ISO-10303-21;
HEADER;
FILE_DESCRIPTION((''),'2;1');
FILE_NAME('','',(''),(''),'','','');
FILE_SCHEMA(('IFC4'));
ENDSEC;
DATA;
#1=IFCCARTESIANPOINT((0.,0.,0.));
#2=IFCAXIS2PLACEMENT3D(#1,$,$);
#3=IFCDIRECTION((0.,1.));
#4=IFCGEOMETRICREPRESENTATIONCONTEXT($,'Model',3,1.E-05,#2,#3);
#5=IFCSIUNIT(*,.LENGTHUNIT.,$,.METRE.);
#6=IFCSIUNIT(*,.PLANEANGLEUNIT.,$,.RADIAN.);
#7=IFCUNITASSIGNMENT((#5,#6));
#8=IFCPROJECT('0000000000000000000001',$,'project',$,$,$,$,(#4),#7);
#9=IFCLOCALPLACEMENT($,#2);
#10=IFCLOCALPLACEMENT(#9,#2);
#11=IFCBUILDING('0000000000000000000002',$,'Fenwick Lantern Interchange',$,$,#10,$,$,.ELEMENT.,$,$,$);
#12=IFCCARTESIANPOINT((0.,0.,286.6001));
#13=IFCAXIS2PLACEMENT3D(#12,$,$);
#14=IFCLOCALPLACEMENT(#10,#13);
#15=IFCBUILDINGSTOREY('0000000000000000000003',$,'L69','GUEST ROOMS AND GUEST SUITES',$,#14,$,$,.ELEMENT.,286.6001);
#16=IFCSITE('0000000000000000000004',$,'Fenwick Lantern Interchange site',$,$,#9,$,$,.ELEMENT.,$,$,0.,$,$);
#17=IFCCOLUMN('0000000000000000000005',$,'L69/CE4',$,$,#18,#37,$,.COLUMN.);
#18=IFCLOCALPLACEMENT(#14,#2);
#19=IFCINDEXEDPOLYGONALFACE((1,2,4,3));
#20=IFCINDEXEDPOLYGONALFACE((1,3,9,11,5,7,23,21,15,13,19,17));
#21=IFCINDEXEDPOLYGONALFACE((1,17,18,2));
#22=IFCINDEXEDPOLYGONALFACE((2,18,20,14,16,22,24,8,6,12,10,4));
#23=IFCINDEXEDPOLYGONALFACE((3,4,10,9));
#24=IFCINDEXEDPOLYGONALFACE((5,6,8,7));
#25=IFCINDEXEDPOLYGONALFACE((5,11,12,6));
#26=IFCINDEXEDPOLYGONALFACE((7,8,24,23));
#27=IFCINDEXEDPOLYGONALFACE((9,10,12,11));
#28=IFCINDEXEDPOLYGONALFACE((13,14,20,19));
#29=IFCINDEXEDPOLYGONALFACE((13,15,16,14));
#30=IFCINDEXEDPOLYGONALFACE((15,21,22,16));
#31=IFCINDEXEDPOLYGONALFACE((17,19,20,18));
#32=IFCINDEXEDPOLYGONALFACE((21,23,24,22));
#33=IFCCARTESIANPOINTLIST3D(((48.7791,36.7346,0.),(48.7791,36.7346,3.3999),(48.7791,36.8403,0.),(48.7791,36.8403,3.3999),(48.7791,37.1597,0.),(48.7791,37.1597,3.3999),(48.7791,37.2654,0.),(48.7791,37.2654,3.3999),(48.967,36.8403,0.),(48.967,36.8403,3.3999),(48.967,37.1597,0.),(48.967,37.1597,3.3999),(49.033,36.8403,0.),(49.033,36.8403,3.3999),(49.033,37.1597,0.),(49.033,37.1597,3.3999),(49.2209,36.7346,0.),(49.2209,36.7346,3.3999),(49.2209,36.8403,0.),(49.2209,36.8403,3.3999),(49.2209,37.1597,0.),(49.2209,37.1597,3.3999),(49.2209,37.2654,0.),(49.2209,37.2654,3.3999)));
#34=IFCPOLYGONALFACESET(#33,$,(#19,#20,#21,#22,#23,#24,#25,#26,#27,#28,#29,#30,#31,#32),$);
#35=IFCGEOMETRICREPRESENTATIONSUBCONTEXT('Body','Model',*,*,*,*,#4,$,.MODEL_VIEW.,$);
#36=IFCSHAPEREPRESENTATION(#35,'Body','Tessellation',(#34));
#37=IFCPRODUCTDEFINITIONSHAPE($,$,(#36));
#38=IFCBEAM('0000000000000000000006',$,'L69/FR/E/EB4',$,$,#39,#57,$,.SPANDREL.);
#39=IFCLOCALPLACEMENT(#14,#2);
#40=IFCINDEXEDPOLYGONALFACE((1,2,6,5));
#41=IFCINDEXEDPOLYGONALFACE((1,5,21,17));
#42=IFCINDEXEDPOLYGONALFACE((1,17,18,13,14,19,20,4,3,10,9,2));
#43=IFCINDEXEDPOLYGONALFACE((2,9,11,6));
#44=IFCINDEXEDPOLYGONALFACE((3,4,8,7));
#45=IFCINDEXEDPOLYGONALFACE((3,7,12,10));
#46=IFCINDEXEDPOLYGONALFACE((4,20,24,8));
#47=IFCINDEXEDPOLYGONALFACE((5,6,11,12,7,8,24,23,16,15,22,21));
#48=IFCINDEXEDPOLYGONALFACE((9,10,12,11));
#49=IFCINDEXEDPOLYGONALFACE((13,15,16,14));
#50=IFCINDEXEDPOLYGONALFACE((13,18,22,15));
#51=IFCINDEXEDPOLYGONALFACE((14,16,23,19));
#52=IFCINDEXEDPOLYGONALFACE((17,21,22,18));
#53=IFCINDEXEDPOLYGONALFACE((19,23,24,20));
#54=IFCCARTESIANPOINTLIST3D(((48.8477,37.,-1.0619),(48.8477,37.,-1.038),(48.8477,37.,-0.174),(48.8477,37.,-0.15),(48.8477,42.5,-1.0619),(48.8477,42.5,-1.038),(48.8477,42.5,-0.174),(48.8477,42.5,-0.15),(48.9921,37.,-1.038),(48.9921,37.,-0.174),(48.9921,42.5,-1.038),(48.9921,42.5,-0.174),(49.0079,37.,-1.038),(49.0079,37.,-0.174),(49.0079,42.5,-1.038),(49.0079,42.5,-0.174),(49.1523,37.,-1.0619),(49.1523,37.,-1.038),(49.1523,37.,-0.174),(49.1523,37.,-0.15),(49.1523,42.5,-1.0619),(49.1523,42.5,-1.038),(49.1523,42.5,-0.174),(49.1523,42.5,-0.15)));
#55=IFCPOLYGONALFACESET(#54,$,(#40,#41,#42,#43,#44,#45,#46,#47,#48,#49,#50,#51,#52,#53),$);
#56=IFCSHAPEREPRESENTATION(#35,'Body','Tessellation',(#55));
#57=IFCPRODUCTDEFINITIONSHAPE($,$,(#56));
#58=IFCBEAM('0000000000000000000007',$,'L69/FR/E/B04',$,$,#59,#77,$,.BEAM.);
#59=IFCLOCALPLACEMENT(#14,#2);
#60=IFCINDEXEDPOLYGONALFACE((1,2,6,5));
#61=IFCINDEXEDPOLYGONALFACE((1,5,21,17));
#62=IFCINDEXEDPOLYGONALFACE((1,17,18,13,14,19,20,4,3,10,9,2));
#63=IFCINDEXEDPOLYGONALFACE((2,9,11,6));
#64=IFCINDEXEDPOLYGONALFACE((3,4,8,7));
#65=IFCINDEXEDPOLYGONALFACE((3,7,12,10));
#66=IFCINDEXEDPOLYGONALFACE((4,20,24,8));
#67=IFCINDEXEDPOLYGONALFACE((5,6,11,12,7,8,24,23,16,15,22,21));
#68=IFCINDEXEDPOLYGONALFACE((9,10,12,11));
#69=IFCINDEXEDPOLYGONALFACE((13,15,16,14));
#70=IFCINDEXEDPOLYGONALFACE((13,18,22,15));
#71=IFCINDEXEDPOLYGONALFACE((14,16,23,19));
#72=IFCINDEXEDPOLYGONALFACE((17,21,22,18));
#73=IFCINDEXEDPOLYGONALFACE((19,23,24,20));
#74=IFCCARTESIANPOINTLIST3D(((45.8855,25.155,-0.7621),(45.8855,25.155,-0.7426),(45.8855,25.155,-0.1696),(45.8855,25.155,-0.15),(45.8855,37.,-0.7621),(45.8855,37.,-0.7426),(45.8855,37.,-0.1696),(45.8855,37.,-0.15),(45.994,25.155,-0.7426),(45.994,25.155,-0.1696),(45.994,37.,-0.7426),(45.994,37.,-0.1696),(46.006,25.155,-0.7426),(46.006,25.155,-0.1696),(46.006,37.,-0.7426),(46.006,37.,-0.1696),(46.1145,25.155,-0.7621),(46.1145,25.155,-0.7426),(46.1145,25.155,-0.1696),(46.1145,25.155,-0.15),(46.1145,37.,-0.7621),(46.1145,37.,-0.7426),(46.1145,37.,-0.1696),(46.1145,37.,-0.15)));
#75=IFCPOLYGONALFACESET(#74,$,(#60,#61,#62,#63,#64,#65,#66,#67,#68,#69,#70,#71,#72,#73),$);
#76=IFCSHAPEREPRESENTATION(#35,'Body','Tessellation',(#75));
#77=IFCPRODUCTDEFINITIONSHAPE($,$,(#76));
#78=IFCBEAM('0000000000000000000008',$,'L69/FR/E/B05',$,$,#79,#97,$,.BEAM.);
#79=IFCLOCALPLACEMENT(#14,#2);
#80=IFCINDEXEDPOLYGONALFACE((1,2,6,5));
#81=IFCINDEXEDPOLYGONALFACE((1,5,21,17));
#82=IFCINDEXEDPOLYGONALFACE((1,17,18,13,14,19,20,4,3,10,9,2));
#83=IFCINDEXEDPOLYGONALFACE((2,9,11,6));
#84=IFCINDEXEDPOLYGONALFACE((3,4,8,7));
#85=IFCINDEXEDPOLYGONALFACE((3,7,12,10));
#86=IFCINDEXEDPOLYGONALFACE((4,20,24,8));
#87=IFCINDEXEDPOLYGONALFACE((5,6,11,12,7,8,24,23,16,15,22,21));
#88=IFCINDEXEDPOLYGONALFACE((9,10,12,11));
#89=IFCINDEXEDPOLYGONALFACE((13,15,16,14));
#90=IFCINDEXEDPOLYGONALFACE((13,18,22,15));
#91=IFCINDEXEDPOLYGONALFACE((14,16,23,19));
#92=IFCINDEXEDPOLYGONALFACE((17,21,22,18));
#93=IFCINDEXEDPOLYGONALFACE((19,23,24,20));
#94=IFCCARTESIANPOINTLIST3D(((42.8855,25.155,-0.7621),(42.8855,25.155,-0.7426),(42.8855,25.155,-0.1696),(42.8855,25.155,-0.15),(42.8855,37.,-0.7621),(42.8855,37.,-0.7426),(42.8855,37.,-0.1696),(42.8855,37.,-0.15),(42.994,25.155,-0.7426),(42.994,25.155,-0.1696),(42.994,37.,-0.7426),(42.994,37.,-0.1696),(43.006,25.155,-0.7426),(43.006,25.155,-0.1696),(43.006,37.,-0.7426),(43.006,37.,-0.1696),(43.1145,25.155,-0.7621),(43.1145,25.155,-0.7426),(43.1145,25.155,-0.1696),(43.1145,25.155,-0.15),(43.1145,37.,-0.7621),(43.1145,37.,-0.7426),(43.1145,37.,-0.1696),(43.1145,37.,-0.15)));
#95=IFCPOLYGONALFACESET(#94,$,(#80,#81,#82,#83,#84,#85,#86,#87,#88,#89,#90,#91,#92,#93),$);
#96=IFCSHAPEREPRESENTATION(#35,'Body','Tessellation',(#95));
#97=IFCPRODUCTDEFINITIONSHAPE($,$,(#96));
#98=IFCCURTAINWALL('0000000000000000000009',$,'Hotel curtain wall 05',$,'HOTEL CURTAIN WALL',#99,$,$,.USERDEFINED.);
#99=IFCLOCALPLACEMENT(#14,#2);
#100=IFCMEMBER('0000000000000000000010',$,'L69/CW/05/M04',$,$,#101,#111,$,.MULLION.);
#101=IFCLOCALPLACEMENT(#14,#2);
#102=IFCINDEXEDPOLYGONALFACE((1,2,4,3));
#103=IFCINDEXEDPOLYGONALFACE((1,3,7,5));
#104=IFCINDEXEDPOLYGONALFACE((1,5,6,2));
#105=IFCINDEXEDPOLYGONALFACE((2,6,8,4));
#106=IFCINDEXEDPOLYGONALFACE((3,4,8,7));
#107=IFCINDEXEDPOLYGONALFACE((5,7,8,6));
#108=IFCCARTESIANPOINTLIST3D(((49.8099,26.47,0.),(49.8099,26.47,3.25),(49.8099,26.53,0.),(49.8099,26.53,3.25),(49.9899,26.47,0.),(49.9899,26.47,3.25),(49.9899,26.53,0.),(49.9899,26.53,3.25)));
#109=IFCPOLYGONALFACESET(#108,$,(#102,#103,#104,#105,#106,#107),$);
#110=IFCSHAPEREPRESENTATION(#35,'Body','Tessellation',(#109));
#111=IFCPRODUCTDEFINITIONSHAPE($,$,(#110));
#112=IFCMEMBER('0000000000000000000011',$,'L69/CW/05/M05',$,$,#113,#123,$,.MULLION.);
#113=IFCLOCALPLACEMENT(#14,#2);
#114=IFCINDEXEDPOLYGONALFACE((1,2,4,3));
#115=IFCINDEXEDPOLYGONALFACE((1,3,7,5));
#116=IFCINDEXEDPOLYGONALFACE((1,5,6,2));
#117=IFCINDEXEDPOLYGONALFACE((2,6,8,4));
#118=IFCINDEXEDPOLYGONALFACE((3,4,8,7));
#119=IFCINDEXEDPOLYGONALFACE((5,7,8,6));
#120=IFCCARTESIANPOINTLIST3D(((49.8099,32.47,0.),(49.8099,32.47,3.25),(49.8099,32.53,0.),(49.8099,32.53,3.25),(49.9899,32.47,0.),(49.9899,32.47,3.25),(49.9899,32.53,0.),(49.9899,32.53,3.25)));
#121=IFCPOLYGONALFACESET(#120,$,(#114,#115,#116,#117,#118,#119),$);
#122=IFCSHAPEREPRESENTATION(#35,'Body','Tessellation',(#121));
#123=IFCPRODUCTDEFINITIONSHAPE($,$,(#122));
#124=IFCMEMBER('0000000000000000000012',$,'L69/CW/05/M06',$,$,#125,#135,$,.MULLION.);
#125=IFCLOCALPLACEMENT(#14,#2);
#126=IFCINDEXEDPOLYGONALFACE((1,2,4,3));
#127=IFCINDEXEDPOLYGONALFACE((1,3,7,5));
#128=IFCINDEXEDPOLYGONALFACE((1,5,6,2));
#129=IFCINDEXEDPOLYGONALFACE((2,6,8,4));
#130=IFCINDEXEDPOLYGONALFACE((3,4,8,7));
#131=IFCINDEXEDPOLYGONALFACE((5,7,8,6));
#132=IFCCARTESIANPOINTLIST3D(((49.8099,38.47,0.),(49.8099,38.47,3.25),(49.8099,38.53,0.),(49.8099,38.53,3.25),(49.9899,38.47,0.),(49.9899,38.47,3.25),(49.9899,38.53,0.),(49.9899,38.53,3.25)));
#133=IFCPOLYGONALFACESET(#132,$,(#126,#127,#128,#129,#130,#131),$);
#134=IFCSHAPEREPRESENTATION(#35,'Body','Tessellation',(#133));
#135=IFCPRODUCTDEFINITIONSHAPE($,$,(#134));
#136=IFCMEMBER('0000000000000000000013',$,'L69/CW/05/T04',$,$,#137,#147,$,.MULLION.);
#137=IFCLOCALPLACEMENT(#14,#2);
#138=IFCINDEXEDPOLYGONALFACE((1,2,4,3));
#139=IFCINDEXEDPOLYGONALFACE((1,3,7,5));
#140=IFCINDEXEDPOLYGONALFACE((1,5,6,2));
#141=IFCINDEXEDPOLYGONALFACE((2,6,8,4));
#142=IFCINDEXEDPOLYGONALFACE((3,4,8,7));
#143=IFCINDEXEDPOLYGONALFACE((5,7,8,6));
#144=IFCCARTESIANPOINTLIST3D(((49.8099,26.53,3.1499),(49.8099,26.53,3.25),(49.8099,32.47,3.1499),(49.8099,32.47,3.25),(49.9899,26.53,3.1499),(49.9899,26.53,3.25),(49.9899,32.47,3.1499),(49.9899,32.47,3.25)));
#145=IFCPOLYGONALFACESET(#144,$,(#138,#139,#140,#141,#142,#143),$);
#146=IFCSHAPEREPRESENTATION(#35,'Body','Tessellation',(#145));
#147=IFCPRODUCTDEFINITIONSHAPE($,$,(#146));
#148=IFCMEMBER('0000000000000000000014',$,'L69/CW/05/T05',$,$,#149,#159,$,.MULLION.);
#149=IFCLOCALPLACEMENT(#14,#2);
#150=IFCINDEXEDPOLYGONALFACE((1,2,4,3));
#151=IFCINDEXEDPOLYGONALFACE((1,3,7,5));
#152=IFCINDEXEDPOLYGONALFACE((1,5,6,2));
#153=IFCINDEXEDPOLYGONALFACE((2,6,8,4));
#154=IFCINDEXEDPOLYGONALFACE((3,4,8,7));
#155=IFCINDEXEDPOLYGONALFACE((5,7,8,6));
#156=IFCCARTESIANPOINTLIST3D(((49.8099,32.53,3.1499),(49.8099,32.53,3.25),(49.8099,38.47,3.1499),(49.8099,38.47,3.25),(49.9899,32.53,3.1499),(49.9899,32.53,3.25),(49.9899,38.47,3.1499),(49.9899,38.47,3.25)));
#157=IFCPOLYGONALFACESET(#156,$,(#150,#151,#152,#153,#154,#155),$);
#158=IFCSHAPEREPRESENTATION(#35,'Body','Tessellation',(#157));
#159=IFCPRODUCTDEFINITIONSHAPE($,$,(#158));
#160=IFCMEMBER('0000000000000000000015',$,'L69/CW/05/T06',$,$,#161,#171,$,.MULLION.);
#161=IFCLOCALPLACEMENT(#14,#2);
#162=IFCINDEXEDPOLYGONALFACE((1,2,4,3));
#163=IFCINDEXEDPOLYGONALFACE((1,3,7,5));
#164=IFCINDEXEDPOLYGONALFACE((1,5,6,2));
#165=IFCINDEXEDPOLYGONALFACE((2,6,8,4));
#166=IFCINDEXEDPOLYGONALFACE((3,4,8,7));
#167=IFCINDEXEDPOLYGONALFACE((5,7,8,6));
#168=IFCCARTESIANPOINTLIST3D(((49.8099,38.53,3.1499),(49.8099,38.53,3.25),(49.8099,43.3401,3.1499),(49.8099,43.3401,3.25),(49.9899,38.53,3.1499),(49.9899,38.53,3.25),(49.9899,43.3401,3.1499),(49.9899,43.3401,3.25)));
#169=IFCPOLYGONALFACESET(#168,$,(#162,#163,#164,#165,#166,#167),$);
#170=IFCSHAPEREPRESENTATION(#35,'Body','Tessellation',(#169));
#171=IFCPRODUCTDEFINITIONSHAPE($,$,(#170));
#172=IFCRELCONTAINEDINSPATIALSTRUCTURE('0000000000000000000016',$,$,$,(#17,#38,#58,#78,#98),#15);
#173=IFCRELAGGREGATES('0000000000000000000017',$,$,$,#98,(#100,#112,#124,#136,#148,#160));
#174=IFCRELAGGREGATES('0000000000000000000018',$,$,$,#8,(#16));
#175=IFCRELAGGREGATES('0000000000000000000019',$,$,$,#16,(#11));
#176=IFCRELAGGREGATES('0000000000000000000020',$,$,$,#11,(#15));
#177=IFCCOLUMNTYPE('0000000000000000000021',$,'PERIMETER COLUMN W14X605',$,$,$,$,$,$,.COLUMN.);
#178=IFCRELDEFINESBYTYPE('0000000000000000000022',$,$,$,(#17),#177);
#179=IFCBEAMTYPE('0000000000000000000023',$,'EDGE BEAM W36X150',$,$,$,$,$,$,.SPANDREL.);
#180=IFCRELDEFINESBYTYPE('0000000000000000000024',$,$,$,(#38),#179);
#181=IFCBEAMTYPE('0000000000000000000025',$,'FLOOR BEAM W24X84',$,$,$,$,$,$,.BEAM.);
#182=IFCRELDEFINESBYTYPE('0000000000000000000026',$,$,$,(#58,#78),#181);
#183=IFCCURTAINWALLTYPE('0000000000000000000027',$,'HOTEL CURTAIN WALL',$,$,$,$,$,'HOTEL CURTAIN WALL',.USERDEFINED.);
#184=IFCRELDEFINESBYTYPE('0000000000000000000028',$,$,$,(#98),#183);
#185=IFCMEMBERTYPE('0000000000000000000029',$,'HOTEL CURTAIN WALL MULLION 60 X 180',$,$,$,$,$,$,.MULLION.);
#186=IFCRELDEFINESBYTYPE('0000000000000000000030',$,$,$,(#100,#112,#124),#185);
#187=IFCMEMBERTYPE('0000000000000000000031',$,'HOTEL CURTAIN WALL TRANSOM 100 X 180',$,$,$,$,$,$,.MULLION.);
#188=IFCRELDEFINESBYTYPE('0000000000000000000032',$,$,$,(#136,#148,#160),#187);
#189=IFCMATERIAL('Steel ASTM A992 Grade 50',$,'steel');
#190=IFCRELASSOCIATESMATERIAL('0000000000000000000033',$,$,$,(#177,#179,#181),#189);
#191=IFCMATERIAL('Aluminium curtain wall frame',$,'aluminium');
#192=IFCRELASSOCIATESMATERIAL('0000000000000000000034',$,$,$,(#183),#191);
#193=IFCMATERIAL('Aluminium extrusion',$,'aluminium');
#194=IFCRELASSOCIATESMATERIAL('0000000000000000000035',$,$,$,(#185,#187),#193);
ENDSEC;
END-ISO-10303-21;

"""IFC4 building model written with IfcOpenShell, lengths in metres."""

from ifc_helpers import new_model, si_unit, direction, frame, origin, origin_2d, place, context, subcontext, project, spatial, rectangle, i_section, extrude, material, material_profile, profile_set, type_object, element, aggregate, save


model = new_model("IFC4")

# Units and contexts
model_context = context("Model", 3, precision=1e-05, world=origin(), true_north=direction((0.0, 1.0)))
body_context = subcontext(model_context, "Body", "Model", "MODEL_VIEW")
ifc_project = project(units=[si_unit("LENGTHUNIT", "METRE"), si_unit("PLANEANGLEUNIT", "RADIAN")], contexts=[model_context])

# Site, building, storey
site_placement = place(None, origin())
site = spatial("IfcSite", under=ifc_project, at=site_placement, Name="Fenwick Lantern Interchange site", CompositionType="ELEMENT", RefElevation=0.0)
building_placement = place(site_placement, origin())
building = spatial("IfcBuilding", under=site, at=building_placement, Name="Fenwick Lantern Interchange", CompositionType="ELEMENT")
storey_placement = place(building_placement, frame((0.0, 0.0, 286.6001)))
storey = spatial("IfcBuildingStorey", under=building, at=storey_placement, Name="L69", Description="GUEST ROOMS AND GUEST SUITES", CompositionType="ELEMENT", Elevation=286.6001)

# Column
ifc_material_1 = material(Name="Steel ASTM A992 Grade 50", Category="steel")
ifc_material_profile_1 = material_profile(ifc_material_1, i_section(OverallWidth=0.4419, OverallDepth=0.5308, WebThickness=0.0659, FlangeThickness=0.1057, at=origin_2d()), Name="W14X605")
ifc_profile_set_1 = profile_set([ifc_material_profile_1], Name="Steel ASTM A992 Grade 50")
column_type = type_object("IfcColumnType", Name="PERIMETER COLUMN W14X605", PredefinedType="COLUMN", material=ifc_profile_set_1)
column_placement = place(storey_placement, frame((49.0, 37.0, 0.0), z_axis=(0.0, 0.0, 1.0), x_axis=(1.0, 0.0, 0.0)))
element("IfcColumn", 1, at=column_placement, inside=storey, type_object=column_type, Name="L69/CE4", PredefinedType="COLUMN", context=body_context, shape_type="SweptSolid", body=[
    extrude(i_section(OverallWidth=0.4419, OverallDepth=0.5308, WebThickness=0.0659, FlangeThickness=0.1057, at=origin_2d()), origin(), (0.0, 0.0, 1.0), 3.3999),
])

# Beams
ifc_material_profile_2 = material_profile(ifc_material_1, i_section(OverallWidth=0.3047, OverallDepth=0.9119, WebThickness=0.0159, FlangeThickness=0.0239, at=origin_2d()), Name="W36X150")
ifc_profile_set_2 = profile_set([ifc_material_profile_2], Name="Steel ASTM A992 Grade 50")
beam_type_1 = type_object("IfcBeamType", Name="EDGE BEAM W36X150", PredefinedType="SPANDREL", material=ifc_profile_set_2)
beam_1_placement = place(storey_placement, frame((49.0, 37.0, -0.606), z_axis=(0.0, 1.0, 0.0), x_axis=(-1.0, 0.0, 0.0)))
element("IfcBeam", 2, at=beam_1_placement, inside=storey, type_object=beam_type_1, Name="L69/FR/E/EB4", PredefinedType="SPANDREL", context=body_context, shape_type="SweptSolid", body=[
    extrude(i_section(OverallWidth=0.3047, OverallDepth=0.9119, WebThickness=0.0159, FlangeThickness=0.0239, at=origin_2d()), origin(), (0.0, 0.0, 1.0), 5.5),
])
ifc_material_profile_3 = material_profile(ifc_material_1, i_section(OverallWidth=0.229, OverallDepth=0.6121, WebThickness=0.012, FlangeThickness=0.0195, at=origin_2d()), Name="W24X84")
ifc_profile_set_3 = profile_set([ifc_material_profile_3], Name="Steel ASTM A992 Grade 50")
beam_type_2 = type_object("IfcBeamType", Name="FLOOR BEAM W24X84", PredefinedType="BEAM", material=ifc_profile_set_3)
for number, where, z_axis, x_axis, name in (
    (3, (46.0, 25.155, -0.4561), (0.0, 1.0, 0.0), (-1.0, 0.0, 0.0), "L69/FR/E/B04"),
    (4, (43.0, 25.155, -0.4561), (0.0, 1.0, 0.0), (-1.0, 0.0, 0.0), "L69/FR/E/B05"),
):
    element("IfcBeam", number, at=place(storey_placement, frame(where, z_axis=z_axis, x_axis=x_axis)), inside=storey, type_object=beam_type_2, Name=name, PredefinedType="BEAM", context=body_context, shape_type="SweptSolid", body=[
        extrude(i_section(OverallWidth=0.229, OverallDepth=0.6121, WebThickness=0.012, FlangeThickness=0.0195, at=origin_2d()), origin(), (0.0, 0.0, 1.0), 11.845),
    ])

# Curtain wall, members
ifc_material_2 = material(Name="Aluminium curtain wall frame", Category="aluminium")
curtain_wall_type = type_object("IfcCurtainWallType", Name="HOTEL CURTAIN WALL", ElementType="HOTEL CURTAIN WALL", PredefinedType="USERDEFINED", material=ifc_material_2)
curtain_wall_placement = place(storey_placement, origin())
curtain_wall = element("IfcCurtainWall", 5, at=curtain_wall_placement, inside=storey, type_object=curtain_wall_type, Name="Hotel curtain wall 05", ObjectType="HOTEL CURTAIN WALL", PredefinedType="USERDEFINED")
ifc_material_3 = material(Name="Aluminium extrusion", Category="aluminium")
ifc_material_profile_4 = material_profile(ifc_material_3, rectangle(XDim=0.1799, YDim=0.0601, at=origin_2d()), Name="HOTEL CURTAIN WALL MULLION 60 X 180")
ifc_profile_set_4 = profile_set([ifc_material_profile_4], Name="Aluminium extrusion")
member_type_1 = type_object("IfcMemberType", Name="HOTEL CURTAIN WALL MULLION 60 X 180", PredefinedType="MULLION", material=ifc_profile_set_4)
member_1_placement = place(storey_placement, frame((49.8999, 26.5, 0.0), z_axis=(0.0, 0.0, 1.0), x_axis=(-1.0, 0.0, 0.0)))
member_1 = element("IfcMember", 6, at=member_1_placement, type_object=member_type_1, Name="L69/CW/05/M04", PredefinedType="MULLION", context=body_context, shape_type="SweptSolid", body=[
    extrude(rectangle(XDim=0.1799, YDim=0.0601, at=origin_2d()), origin(), (0.0, 0.0, 1.0), 3.25),
])
member_2_placement = place(storey_placement, frame((49.8999, 32.5, 0.0), z_axis=(0.0, 0.0, 1.0), x_axis=(-1.0, 0.0, 0.0)))
member_2 = element("IfcMember", 7, at=member_2_placement, type_object=member_type_1, Name="L69/CW/05/M05", PredefinedType="MULLION", context=body_context, shape_type="SweptSolid", body=[
    extrude(rectangle(XDim=0.1799, YDim=0.0601, at=origin_2d()), origin(), (0.0, 0.0, 1.0), 3.25),
])
member_3_placement = place(storey_placement, frame((49.8999, 38.5, 0.0), z_axis=(0.0, 0.0, 1.0), x_axis=(-1.0, 0.0, 0.0)))
member_3 = element("IfcMember", 8, at=member_3_placement, type_object=member_type_1, Name="L69/CW/05/M06", PredefinedType="MULLION", context=body_context, shape_type="SweptSolid", body=[
    extrude(rectangle(XDim=0.1799, YDim=0.0601, at=origin_2d()), origin(), (0.0, 0.0, 1.0), 3.25),
])
ifc_material_profile_5 = material_profile(ifc_material_3, rectangle(XDim=0.1799, YDim=0.1001, at=origin_2d()), Name="HOTEL CURTAIN WALL TRANSOM 100 X 180")
ifc_profile_set_5 = profile_set([ifc_material_profile_5], Name="Aluminium extrusion")
member_type_2 = type_object("IfcMemberType", Name="HOTEL CURTAIN WALL TRANSOM 100 X 180", PredefinedType="MULLION", material=ifc_profile_set_5)
member_4_placement = place(storey_placement, frame((49.8999, 26.53, 3.2), z_axis=(0.0, 1.0, 0.0), x_axis=(-1.0, 0.0, 0.0)))
member_4 = element("IfcMember", 9, at=member_4_placement, type_object=member_type_2, Name="L69/CW/05/T04", PredefinedType="MULLION", context=body_context, shape_type="SweptSolid", body=[
    extrude(rectangle(XDim=0.1799, YDim=0.1001, at=origin_2d()), origin(), (0.0, 0.0, 1.0), 5.9399),
])
member_5_placement = place(storey_placement, frame((49.8999, 32.53, 3.2), z_axis=(0.0, 1.0, 0.0), x_axis=(-1.0, 0.0, 0.0)))
member_5 = element("IfcMember", 10, at=member_5_placement, type_object=member_type_2, Name="L69/CW/05/T05", PredefinedType="MULLION", context=body_context, shape_type="SweptSolid", body=[
    extrude(rectangle(XDim=0.1799, YDim=0.1001, at=origin_2d()), origin(), (0.0, 0.0, 1.0), 5.9399),
])
member_6_placement = place(storey_placement, frame((49.8999, 38.53, 3.2), z_axis=(0.0, 1.0, 0.0), x_axis=(-1.0, 0.0, 0.0)))
member_6 = element("IfcMember", 11, at=member_6_placement, type_object=member_type_2, Name="L69/CW/05/T06", PredefinedType="MULLION", context=body_context, shape_type="SweptSolid", body=[
    extrude(rectangle(XDim=0.1799, YDim=0.1001, at=origin_2d()), origin(), (0.0, 0.0, 1.0), 4.8101),
])
aggregate(curtain_wall, [member_1, member_2, member_3, member_4, member_5, member_6])

save(model, "model.ifc")
